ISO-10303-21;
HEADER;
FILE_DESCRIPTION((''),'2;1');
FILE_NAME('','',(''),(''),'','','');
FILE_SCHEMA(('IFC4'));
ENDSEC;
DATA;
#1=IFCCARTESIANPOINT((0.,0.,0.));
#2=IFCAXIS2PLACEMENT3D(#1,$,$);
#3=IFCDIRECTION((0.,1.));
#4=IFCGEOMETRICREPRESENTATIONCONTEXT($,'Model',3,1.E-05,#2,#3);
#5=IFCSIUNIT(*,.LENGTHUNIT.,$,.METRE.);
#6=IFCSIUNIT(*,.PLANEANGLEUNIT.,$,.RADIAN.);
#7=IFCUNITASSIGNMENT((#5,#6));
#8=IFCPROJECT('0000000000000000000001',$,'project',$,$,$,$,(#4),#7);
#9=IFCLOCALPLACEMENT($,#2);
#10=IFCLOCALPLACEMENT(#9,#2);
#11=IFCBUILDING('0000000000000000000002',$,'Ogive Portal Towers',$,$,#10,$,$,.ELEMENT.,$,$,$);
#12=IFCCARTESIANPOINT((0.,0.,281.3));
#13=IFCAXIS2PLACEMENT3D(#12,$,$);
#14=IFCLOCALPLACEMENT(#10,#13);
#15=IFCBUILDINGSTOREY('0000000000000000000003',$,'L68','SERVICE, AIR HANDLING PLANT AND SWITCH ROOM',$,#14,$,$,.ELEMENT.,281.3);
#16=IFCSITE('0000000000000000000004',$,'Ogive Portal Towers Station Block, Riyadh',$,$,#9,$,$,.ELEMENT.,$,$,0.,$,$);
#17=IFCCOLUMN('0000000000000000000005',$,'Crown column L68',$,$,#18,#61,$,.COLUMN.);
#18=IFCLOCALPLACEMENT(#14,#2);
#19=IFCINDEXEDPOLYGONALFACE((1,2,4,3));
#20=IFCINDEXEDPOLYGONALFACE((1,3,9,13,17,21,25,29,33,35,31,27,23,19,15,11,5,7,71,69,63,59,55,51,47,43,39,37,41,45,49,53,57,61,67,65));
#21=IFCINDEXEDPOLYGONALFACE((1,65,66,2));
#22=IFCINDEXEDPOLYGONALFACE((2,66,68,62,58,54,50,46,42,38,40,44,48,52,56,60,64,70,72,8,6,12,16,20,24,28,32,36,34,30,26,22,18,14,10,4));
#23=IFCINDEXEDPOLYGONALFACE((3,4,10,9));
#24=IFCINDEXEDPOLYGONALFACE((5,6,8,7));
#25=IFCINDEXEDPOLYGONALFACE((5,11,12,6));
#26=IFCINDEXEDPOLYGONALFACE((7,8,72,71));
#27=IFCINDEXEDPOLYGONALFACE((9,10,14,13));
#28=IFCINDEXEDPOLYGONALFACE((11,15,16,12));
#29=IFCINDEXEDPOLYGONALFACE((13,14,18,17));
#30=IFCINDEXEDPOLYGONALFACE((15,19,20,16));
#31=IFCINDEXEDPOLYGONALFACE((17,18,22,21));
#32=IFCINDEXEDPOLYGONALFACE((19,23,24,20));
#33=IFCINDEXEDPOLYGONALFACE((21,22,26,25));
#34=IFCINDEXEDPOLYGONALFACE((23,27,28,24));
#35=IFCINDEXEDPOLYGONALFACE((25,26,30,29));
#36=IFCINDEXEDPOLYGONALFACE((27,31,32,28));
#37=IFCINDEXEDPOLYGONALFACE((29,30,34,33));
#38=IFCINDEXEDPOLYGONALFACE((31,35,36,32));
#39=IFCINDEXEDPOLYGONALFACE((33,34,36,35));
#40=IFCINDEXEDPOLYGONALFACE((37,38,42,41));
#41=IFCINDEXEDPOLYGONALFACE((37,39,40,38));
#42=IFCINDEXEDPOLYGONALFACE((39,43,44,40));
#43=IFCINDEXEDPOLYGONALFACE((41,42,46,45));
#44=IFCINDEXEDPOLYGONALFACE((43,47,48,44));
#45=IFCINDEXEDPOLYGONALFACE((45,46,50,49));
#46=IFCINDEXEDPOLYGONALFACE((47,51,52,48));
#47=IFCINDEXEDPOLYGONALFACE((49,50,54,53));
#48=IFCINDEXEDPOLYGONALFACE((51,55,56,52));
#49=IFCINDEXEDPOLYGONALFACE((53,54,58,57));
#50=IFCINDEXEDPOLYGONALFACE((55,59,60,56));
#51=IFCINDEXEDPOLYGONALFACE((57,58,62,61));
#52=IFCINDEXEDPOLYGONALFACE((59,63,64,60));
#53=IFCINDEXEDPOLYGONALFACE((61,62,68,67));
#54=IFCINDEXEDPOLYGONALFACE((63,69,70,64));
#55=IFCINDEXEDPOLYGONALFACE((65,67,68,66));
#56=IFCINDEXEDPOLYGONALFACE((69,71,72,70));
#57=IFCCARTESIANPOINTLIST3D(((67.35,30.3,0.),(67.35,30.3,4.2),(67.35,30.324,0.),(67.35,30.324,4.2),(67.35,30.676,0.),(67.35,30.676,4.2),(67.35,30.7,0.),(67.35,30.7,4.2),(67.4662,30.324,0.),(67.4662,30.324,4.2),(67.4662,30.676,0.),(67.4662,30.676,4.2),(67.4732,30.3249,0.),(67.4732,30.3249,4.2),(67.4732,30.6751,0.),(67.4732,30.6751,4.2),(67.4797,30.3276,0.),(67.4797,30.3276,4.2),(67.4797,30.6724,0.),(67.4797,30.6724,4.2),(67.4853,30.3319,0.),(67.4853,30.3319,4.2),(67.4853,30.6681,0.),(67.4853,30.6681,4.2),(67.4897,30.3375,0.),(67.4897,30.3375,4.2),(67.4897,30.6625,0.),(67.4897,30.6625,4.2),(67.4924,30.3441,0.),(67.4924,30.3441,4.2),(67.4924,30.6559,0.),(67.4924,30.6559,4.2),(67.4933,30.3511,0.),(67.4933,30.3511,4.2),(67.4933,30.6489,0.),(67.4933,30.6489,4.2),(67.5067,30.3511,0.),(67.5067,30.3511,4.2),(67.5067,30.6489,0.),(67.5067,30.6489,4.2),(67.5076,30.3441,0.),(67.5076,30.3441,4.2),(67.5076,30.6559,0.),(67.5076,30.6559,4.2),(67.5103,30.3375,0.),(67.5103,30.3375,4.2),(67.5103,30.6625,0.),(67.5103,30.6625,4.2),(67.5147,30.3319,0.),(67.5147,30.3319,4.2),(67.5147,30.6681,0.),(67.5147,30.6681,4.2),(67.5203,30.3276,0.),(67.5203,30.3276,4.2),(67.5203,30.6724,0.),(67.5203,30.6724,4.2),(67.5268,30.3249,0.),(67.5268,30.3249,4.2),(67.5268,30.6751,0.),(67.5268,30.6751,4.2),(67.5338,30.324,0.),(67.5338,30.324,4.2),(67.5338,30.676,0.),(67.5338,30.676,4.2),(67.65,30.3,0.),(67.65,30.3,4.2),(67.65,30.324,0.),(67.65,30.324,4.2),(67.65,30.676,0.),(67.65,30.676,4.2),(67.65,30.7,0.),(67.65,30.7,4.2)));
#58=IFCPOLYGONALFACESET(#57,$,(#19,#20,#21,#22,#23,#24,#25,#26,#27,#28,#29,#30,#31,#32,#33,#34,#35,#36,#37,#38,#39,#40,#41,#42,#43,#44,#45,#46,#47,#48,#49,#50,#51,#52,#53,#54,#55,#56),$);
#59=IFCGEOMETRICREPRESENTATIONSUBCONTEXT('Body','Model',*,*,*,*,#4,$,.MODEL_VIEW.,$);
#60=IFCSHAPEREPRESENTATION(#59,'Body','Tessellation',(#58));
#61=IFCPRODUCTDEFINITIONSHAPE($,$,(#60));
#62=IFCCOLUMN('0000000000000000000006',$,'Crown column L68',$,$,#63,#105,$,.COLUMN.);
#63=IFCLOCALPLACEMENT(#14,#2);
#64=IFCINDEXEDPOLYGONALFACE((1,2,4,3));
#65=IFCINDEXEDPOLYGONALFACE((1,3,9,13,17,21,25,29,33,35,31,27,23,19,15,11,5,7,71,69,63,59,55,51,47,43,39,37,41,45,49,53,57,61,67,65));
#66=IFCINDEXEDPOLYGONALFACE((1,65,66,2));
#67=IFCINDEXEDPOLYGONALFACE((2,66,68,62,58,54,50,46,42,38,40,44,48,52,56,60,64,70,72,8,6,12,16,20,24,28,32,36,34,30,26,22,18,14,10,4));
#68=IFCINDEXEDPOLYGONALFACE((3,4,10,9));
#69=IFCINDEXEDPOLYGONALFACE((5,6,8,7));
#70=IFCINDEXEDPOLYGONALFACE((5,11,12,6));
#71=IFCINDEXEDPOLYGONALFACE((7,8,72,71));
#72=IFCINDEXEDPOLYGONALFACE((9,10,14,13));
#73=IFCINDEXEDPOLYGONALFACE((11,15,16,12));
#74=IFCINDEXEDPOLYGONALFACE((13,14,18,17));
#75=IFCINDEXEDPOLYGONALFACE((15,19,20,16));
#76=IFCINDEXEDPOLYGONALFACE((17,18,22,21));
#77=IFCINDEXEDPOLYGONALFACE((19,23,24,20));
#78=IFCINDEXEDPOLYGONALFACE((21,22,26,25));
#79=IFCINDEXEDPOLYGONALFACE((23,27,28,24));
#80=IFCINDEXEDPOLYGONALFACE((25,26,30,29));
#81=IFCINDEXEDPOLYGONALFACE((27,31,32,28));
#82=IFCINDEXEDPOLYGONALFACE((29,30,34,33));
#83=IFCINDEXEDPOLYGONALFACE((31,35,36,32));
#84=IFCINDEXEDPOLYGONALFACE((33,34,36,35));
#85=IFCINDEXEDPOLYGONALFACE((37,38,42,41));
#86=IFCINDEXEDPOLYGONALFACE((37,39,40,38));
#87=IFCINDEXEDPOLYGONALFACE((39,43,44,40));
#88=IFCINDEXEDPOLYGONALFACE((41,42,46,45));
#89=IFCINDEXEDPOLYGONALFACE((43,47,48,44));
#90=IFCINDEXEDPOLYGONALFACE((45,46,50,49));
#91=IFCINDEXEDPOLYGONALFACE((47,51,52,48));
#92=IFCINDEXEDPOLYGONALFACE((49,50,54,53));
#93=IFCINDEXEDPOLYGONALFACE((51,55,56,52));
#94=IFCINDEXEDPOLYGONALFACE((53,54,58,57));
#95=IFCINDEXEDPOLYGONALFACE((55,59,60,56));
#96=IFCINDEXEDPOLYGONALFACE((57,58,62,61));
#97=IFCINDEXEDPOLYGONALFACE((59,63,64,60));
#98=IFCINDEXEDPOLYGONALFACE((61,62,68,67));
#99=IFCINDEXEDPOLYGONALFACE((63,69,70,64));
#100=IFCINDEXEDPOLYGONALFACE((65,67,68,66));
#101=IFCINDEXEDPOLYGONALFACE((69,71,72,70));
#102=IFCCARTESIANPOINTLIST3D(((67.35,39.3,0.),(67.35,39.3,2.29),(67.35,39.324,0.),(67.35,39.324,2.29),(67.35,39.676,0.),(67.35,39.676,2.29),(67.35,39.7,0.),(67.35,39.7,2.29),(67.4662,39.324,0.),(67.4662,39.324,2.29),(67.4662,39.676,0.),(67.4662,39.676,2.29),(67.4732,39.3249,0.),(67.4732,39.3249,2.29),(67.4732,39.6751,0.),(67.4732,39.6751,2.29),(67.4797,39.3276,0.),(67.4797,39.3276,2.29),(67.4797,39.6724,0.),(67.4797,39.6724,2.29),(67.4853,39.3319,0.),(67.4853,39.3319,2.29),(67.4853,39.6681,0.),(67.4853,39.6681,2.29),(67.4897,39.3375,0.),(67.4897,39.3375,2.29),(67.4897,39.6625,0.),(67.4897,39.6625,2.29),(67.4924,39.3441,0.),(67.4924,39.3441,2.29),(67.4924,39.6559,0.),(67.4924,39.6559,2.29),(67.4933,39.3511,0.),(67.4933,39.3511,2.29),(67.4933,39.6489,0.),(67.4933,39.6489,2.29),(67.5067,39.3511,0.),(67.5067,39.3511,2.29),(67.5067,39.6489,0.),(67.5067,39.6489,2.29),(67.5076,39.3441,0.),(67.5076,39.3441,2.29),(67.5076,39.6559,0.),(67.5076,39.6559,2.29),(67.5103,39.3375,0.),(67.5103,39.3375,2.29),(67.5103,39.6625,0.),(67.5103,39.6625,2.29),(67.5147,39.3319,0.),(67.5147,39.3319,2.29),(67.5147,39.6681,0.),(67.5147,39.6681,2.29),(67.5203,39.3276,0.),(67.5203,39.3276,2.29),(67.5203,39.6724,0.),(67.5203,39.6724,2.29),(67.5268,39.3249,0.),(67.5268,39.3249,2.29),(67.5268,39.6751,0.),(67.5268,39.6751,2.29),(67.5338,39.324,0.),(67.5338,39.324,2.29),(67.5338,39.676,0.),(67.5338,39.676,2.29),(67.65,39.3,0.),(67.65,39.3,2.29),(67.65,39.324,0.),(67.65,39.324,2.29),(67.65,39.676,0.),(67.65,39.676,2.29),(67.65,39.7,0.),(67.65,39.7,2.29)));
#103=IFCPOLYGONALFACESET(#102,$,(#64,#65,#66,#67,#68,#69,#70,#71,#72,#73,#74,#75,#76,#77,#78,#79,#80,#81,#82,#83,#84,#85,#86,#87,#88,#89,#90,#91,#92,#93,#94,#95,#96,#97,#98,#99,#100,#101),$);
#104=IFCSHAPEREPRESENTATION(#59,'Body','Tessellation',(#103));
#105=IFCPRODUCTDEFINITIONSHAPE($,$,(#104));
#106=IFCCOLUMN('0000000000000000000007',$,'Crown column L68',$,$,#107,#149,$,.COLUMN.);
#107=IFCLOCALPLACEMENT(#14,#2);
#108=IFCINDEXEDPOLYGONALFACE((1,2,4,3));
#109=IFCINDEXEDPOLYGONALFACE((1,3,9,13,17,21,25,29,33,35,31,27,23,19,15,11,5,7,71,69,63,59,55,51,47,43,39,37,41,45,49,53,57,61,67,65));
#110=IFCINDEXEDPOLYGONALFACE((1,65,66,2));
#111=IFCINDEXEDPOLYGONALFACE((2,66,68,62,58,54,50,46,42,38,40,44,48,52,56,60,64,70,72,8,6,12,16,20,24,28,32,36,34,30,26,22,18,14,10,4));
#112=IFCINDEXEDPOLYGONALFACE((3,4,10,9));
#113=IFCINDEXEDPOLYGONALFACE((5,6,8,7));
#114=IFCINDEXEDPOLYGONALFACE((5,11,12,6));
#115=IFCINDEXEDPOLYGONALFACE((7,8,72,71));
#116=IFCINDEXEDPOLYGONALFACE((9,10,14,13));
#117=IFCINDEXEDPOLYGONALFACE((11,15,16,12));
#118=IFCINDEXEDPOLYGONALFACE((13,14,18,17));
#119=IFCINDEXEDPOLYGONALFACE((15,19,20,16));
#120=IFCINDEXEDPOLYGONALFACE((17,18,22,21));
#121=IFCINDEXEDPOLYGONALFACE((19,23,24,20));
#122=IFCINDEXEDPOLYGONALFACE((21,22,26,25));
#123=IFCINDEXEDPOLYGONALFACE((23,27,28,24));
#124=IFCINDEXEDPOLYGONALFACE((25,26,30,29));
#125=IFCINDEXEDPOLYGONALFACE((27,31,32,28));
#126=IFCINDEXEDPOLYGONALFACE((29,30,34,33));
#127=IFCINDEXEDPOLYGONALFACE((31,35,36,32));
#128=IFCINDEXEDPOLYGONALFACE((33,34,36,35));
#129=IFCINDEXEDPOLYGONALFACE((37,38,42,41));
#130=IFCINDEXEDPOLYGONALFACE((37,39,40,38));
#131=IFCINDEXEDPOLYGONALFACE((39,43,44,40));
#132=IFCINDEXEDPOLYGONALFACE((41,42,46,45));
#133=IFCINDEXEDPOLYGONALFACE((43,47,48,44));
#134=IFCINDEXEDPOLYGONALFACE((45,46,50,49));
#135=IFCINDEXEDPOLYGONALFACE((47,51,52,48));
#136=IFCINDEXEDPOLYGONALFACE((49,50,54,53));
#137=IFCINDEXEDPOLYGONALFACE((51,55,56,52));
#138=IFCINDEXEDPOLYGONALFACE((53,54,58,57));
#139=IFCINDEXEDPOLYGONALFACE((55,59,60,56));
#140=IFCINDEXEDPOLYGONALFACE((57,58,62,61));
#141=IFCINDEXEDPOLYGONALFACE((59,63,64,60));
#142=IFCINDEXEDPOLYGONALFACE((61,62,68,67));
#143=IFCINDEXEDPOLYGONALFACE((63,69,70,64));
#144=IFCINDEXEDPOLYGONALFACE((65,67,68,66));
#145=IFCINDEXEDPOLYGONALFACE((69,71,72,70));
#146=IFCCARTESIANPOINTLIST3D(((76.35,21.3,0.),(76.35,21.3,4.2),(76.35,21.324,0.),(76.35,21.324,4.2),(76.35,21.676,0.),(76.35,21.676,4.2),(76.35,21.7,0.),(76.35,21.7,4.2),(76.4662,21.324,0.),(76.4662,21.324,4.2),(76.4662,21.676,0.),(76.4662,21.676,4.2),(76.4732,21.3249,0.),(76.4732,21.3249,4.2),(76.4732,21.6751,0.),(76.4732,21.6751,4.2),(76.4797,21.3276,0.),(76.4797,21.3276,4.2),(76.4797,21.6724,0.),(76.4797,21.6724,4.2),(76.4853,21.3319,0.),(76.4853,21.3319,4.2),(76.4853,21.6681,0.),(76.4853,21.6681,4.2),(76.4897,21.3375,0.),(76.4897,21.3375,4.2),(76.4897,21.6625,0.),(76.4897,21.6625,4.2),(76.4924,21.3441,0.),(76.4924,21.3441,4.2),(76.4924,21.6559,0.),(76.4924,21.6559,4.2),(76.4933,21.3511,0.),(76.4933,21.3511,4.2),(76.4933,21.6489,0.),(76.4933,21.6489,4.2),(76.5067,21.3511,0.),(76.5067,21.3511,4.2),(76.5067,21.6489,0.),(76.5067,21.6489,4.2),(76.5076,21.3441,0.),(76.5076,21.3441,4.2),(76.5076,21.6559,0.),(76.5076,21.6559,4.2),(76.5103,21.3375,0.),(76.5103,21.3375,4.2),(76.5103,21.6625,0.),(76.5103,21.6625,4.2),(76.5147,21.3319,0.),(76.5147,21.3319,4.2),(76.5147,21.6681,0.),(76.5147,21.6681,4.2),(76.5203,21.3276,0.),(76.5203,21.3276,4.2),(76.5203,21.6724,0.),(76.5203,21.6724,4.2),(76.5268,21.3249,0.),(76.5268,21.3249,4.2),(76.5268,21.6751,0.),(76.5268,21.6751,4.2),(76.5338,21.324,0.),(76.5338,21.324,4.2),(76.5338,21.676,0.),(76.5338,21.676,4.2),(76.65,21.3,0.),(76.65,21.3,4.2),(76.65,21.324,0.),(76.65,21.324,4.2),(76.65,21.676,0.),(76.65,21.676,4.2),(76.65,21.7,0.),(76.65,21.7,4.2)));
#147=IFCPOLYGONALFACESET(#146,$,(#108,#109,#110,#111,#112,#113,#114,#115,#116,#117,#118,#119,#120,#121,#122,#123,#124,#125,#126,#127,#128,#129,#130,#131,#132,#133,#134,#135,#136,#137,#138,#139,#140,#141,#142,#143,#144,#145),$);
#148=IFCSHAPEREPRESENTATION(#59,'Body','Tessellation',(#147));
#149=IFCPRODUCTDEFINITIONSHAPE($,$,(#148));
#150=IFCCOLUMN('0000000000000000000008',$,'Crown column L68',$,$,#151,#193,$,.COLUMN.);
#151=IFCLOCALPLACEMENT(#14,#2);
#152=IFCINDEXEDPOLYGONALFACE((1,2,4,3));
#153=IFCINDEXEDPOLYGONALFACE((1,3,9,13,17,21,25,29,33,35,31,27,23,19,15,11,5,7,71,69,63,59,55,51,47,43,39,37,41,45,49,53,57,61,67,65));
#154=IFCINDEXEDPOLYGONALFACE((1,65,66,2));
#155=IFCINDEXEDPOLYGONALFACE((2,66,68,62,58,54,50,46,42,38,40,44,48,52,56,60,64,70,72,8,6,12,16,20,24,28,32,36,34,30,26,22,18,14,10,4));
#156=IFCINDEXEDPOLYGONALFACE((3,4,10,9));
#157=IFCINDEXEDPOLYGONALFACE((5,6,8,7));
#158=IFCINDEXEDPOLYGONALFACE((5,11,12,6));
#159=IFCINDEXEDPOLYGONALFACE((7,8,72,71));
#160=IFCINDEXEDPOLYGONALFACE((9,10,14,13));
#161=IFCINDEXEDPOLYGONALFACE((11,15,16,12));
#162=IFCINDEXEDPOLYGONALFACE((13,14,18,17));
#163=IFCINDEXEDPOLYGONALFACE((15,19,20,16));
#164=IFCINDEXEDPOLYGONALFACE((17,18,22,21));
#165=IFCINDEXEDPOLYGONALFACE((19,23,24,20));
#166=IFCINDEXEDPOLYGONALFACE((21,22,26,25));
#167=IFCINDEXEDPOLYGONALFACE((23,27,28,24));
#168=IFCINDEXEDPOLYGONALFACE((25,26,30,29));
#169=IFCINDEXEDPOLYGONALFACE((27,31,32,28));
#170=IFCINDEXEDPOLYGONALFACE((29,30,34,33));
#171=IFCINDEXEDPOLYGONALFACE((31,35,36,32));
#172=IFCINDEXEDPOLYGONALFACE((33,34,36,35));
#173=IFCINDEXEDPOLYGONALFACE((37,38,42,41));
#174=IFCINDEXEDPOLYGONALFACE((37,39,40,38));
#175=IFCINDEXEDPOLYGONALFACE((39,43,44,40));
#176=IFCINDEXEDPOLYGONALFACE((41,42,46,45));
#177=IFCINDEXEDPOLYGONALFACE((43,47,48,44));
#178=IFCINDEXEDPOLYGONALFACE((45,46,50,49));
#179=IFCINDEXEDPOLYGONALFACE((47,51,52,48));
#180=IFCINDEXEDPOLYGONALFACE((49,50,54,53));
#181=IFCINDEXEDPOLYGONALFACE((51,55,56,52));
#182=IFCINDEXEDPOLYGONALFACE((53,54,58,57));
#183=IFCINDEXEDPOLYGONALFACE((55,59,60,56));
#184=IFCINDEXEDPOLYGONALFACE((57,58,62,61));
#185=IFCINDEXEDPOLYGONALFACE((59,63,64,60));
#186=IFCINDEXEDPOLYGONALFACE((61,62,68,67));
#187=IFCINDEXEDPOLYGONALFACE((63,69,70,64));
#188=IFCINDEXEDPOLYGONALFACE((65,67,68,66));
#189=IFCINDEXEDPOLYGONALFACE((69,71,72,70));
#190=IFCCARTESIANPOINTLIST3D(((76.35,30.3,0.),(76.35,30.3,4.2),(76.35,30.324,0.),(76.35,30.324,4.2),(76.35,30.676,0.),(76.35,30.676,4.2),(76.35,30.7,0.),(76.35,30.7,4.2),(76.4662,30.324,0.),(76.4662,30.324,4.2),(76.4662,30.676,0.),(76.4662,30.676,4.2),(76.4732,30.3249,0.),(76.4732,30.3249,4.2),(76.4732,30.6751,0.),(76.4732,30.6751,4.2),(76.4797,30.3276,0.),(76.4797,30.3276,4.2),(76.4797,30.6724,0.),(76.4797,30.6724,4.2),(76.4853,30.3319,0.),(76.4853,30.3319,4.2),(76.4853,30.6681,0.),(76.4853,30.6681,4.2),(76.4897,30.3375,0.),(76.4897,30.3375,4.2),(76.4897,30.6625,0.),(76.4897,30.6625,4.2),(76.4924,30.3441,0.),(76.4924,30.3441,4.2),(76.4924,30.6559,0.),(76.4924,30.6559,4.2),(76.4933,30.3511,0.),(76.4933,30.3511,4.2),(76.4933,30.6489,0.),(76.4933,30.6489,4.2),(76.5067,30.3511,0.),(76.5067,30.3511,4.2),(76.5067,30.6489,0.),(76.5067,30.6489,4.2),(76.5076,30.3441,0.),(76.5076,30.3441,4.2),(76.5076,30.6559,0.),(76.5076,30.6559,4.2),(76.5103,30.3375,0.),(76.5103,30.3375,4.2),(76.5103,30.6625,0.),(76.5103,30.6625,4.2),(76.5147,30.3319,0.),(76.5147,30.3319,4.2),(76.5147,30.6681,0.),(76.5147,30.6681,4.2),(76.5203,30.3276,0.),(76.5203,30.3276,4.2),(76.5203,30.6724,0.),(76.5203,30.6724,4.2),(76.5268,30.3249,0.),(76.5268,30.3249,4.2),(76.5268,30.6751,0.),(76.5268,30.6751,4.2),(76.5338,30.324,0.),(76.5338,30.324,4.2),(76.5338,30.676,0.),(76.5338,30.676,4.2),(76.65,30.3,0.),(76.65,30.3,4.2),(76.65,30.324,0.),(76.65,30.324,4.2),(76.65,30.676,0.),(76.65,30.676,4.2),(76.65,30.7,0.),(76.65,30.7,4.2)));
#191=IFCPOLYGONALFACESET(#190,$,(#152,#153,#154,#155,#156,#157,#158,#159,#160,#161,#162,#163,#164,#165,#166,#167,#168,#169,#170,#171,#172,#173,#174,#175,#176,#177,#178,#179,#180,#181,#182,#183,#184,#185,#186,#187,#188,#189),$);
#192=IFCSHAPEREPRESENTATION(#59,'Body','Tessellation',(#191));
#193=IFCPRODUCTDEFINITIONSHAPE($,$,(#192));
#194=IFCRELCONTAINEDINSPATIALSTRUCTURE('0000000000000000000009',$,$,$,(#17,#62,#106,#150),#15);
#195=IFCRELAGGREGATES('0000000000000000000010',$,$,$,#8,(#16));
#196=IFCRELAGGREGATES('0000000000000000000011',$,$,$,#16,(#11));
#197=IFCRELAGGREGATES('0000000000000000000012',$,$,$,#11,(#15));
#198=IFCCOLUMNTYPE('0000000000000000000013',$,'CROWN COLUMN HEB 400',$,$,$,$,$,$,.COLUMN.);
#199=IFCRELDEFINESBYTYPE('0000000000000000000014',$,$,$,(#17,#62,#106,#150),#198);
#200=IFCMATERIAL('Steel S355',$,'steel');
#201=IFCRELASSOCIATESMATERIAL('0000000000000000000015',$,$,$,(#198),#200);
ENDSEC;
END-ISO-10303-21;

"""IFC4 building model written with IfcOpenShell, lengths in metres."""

from ifc_helpers import new_model, si_unit, direction, frame, origin, origin_2d, place, context, subcontext, project, spatial, i_section, extrude, material, material_profile, profile_set, type_object, element, save


model = new_model("IFC4")

# Units and contexts
model_context = context("Model", 3, precision=1e-05, world=origin(), true_north=direction((0.0, 1.0)))
body_context = subcontext(model_context, "Body", "Model", "MODEL_VIEW")
ifc_project = project(units=[si_unit("LENGTHUNIT", "METRE"), si_unit("PLANEANGLEUNIT", "RADIAN")], contexts=[model_context])

# Site, building, storey
site_placement = place(None, origin())
site = spatial("IfcSite", under=ifc_project, at=site_placement, Name="Ogive Portal Towers Station Block, Riyadh", CompositionType="ELEMENT", RefElevation=0.0)
building_placement = place(site_placement, origin())
building = spatial("IfcBuilding", under=site, at=building_placement, Name="Ogive Portal Towers", CompositionType="ELEMENT")
storey_placement = place(building_placement, frame((0.0, 0.0, 281.3)))
storey = spatial("IfcBuildingStorey", under=building, at=storey_placement, Name="L68", Description="SERVICE, AIR HANDLING PLANT AND SWITCH ROOM", CompositionType="ELEMENT", Elevation=281.3)

# Columns
ifc_material_1 = material(Name="Steel S355", Category="steel")
ifc_material_profile_1 = material_profile(ifc_material_1, i_section(OverallWidth=0.3, OverallDepth=0.3999, WebThickness=0.0134, FlangeThickness=0.0239, FilletRadius=0.0271, at=origin_2d()), Name="HEB 400")
ifc_profile_set_1 = profile_set([ifc_material_profile_1], Name="Steel S355")
column_type = type_object("IfcColumnType", Name="CROWN COLUMN HEB 400", PredefinedType="COLUMN", material=ifc_profile_set_1)
column_1_placement = place(storey_placement, frame((67.5, 30.5, 0.0), z_axis=(0.0, 0.0, 1.0), x_axis=(1.0, 0.0, 0.0)))
element("IfcColumn", 1, at=column_1_placement, inside=storey, type_object=column_type, Name="Crown column L68", PredefinedType="COLUMN", context=body_context, shape_type="SweptSolid", body=[
    extrude(i_section(OverallWidth=0.3, OverallDepth=0.3999, WebThickness=0.0134, FlangeThickness=0.0239, FilletRadius=0.0271, at=origin_2d()), origin(), (0.0, 0.0, 1.0), 4.2),
])
column_2_placement = place(storey_placement, frame((67.5, 39.5, 0.0), z_axis=(0.0, 0.0, 1.0), x_axis=(1.0, 0.0, 0.0)))
element("IfcColumn", 2, at=column_2_placement, inside=storey, type_object=column_type, Name="Crown column L68", PredefinedType="COLUMN", context=body_context, shape_type="SweptSolid", body=[
    extrude(i_section(OverallWidth=0.3, OverallDepth=0.3999, WebThickness=0.0134, FlangeThickness=0.0239, FilletRadius=0.0271, at=origin_2d()), origin(), (0.0, 0.0, 1.0), 2.29),
])
for number, where, z_axis, x_axis, name in (
    (3, (76.5, 21.5, 0.0), (0.0, 0.0, 1.0), (1.0, 0.0, 0.0), "Crown column L68"),
    (4, (76.5, 30.5, 0.0), (0.0, 0.0, 1.0), (1.0, 0.0, 0.0), "Crown column L68"),
):
    element("IfcColumn", number, at=place(storey_placement, frame(where, z_axis=z_axis, x_axis=x_axis)), inside=storey, type_object=column_type, Name=name, PredefinedType="COLUMN", context=body_context, shape_type="SweptSolid", body=[
        extrude(i_section(OverallWidth=0.3, OverallDepth=0.3999, WebThickness=0.0134, FlangeThickness=0.0239, FilletRadius=0.0271, at=origin_2d()), origin(), (0.0, 0.0, 1.0), 4.2),
    ])

save(model, "model.ifc")
